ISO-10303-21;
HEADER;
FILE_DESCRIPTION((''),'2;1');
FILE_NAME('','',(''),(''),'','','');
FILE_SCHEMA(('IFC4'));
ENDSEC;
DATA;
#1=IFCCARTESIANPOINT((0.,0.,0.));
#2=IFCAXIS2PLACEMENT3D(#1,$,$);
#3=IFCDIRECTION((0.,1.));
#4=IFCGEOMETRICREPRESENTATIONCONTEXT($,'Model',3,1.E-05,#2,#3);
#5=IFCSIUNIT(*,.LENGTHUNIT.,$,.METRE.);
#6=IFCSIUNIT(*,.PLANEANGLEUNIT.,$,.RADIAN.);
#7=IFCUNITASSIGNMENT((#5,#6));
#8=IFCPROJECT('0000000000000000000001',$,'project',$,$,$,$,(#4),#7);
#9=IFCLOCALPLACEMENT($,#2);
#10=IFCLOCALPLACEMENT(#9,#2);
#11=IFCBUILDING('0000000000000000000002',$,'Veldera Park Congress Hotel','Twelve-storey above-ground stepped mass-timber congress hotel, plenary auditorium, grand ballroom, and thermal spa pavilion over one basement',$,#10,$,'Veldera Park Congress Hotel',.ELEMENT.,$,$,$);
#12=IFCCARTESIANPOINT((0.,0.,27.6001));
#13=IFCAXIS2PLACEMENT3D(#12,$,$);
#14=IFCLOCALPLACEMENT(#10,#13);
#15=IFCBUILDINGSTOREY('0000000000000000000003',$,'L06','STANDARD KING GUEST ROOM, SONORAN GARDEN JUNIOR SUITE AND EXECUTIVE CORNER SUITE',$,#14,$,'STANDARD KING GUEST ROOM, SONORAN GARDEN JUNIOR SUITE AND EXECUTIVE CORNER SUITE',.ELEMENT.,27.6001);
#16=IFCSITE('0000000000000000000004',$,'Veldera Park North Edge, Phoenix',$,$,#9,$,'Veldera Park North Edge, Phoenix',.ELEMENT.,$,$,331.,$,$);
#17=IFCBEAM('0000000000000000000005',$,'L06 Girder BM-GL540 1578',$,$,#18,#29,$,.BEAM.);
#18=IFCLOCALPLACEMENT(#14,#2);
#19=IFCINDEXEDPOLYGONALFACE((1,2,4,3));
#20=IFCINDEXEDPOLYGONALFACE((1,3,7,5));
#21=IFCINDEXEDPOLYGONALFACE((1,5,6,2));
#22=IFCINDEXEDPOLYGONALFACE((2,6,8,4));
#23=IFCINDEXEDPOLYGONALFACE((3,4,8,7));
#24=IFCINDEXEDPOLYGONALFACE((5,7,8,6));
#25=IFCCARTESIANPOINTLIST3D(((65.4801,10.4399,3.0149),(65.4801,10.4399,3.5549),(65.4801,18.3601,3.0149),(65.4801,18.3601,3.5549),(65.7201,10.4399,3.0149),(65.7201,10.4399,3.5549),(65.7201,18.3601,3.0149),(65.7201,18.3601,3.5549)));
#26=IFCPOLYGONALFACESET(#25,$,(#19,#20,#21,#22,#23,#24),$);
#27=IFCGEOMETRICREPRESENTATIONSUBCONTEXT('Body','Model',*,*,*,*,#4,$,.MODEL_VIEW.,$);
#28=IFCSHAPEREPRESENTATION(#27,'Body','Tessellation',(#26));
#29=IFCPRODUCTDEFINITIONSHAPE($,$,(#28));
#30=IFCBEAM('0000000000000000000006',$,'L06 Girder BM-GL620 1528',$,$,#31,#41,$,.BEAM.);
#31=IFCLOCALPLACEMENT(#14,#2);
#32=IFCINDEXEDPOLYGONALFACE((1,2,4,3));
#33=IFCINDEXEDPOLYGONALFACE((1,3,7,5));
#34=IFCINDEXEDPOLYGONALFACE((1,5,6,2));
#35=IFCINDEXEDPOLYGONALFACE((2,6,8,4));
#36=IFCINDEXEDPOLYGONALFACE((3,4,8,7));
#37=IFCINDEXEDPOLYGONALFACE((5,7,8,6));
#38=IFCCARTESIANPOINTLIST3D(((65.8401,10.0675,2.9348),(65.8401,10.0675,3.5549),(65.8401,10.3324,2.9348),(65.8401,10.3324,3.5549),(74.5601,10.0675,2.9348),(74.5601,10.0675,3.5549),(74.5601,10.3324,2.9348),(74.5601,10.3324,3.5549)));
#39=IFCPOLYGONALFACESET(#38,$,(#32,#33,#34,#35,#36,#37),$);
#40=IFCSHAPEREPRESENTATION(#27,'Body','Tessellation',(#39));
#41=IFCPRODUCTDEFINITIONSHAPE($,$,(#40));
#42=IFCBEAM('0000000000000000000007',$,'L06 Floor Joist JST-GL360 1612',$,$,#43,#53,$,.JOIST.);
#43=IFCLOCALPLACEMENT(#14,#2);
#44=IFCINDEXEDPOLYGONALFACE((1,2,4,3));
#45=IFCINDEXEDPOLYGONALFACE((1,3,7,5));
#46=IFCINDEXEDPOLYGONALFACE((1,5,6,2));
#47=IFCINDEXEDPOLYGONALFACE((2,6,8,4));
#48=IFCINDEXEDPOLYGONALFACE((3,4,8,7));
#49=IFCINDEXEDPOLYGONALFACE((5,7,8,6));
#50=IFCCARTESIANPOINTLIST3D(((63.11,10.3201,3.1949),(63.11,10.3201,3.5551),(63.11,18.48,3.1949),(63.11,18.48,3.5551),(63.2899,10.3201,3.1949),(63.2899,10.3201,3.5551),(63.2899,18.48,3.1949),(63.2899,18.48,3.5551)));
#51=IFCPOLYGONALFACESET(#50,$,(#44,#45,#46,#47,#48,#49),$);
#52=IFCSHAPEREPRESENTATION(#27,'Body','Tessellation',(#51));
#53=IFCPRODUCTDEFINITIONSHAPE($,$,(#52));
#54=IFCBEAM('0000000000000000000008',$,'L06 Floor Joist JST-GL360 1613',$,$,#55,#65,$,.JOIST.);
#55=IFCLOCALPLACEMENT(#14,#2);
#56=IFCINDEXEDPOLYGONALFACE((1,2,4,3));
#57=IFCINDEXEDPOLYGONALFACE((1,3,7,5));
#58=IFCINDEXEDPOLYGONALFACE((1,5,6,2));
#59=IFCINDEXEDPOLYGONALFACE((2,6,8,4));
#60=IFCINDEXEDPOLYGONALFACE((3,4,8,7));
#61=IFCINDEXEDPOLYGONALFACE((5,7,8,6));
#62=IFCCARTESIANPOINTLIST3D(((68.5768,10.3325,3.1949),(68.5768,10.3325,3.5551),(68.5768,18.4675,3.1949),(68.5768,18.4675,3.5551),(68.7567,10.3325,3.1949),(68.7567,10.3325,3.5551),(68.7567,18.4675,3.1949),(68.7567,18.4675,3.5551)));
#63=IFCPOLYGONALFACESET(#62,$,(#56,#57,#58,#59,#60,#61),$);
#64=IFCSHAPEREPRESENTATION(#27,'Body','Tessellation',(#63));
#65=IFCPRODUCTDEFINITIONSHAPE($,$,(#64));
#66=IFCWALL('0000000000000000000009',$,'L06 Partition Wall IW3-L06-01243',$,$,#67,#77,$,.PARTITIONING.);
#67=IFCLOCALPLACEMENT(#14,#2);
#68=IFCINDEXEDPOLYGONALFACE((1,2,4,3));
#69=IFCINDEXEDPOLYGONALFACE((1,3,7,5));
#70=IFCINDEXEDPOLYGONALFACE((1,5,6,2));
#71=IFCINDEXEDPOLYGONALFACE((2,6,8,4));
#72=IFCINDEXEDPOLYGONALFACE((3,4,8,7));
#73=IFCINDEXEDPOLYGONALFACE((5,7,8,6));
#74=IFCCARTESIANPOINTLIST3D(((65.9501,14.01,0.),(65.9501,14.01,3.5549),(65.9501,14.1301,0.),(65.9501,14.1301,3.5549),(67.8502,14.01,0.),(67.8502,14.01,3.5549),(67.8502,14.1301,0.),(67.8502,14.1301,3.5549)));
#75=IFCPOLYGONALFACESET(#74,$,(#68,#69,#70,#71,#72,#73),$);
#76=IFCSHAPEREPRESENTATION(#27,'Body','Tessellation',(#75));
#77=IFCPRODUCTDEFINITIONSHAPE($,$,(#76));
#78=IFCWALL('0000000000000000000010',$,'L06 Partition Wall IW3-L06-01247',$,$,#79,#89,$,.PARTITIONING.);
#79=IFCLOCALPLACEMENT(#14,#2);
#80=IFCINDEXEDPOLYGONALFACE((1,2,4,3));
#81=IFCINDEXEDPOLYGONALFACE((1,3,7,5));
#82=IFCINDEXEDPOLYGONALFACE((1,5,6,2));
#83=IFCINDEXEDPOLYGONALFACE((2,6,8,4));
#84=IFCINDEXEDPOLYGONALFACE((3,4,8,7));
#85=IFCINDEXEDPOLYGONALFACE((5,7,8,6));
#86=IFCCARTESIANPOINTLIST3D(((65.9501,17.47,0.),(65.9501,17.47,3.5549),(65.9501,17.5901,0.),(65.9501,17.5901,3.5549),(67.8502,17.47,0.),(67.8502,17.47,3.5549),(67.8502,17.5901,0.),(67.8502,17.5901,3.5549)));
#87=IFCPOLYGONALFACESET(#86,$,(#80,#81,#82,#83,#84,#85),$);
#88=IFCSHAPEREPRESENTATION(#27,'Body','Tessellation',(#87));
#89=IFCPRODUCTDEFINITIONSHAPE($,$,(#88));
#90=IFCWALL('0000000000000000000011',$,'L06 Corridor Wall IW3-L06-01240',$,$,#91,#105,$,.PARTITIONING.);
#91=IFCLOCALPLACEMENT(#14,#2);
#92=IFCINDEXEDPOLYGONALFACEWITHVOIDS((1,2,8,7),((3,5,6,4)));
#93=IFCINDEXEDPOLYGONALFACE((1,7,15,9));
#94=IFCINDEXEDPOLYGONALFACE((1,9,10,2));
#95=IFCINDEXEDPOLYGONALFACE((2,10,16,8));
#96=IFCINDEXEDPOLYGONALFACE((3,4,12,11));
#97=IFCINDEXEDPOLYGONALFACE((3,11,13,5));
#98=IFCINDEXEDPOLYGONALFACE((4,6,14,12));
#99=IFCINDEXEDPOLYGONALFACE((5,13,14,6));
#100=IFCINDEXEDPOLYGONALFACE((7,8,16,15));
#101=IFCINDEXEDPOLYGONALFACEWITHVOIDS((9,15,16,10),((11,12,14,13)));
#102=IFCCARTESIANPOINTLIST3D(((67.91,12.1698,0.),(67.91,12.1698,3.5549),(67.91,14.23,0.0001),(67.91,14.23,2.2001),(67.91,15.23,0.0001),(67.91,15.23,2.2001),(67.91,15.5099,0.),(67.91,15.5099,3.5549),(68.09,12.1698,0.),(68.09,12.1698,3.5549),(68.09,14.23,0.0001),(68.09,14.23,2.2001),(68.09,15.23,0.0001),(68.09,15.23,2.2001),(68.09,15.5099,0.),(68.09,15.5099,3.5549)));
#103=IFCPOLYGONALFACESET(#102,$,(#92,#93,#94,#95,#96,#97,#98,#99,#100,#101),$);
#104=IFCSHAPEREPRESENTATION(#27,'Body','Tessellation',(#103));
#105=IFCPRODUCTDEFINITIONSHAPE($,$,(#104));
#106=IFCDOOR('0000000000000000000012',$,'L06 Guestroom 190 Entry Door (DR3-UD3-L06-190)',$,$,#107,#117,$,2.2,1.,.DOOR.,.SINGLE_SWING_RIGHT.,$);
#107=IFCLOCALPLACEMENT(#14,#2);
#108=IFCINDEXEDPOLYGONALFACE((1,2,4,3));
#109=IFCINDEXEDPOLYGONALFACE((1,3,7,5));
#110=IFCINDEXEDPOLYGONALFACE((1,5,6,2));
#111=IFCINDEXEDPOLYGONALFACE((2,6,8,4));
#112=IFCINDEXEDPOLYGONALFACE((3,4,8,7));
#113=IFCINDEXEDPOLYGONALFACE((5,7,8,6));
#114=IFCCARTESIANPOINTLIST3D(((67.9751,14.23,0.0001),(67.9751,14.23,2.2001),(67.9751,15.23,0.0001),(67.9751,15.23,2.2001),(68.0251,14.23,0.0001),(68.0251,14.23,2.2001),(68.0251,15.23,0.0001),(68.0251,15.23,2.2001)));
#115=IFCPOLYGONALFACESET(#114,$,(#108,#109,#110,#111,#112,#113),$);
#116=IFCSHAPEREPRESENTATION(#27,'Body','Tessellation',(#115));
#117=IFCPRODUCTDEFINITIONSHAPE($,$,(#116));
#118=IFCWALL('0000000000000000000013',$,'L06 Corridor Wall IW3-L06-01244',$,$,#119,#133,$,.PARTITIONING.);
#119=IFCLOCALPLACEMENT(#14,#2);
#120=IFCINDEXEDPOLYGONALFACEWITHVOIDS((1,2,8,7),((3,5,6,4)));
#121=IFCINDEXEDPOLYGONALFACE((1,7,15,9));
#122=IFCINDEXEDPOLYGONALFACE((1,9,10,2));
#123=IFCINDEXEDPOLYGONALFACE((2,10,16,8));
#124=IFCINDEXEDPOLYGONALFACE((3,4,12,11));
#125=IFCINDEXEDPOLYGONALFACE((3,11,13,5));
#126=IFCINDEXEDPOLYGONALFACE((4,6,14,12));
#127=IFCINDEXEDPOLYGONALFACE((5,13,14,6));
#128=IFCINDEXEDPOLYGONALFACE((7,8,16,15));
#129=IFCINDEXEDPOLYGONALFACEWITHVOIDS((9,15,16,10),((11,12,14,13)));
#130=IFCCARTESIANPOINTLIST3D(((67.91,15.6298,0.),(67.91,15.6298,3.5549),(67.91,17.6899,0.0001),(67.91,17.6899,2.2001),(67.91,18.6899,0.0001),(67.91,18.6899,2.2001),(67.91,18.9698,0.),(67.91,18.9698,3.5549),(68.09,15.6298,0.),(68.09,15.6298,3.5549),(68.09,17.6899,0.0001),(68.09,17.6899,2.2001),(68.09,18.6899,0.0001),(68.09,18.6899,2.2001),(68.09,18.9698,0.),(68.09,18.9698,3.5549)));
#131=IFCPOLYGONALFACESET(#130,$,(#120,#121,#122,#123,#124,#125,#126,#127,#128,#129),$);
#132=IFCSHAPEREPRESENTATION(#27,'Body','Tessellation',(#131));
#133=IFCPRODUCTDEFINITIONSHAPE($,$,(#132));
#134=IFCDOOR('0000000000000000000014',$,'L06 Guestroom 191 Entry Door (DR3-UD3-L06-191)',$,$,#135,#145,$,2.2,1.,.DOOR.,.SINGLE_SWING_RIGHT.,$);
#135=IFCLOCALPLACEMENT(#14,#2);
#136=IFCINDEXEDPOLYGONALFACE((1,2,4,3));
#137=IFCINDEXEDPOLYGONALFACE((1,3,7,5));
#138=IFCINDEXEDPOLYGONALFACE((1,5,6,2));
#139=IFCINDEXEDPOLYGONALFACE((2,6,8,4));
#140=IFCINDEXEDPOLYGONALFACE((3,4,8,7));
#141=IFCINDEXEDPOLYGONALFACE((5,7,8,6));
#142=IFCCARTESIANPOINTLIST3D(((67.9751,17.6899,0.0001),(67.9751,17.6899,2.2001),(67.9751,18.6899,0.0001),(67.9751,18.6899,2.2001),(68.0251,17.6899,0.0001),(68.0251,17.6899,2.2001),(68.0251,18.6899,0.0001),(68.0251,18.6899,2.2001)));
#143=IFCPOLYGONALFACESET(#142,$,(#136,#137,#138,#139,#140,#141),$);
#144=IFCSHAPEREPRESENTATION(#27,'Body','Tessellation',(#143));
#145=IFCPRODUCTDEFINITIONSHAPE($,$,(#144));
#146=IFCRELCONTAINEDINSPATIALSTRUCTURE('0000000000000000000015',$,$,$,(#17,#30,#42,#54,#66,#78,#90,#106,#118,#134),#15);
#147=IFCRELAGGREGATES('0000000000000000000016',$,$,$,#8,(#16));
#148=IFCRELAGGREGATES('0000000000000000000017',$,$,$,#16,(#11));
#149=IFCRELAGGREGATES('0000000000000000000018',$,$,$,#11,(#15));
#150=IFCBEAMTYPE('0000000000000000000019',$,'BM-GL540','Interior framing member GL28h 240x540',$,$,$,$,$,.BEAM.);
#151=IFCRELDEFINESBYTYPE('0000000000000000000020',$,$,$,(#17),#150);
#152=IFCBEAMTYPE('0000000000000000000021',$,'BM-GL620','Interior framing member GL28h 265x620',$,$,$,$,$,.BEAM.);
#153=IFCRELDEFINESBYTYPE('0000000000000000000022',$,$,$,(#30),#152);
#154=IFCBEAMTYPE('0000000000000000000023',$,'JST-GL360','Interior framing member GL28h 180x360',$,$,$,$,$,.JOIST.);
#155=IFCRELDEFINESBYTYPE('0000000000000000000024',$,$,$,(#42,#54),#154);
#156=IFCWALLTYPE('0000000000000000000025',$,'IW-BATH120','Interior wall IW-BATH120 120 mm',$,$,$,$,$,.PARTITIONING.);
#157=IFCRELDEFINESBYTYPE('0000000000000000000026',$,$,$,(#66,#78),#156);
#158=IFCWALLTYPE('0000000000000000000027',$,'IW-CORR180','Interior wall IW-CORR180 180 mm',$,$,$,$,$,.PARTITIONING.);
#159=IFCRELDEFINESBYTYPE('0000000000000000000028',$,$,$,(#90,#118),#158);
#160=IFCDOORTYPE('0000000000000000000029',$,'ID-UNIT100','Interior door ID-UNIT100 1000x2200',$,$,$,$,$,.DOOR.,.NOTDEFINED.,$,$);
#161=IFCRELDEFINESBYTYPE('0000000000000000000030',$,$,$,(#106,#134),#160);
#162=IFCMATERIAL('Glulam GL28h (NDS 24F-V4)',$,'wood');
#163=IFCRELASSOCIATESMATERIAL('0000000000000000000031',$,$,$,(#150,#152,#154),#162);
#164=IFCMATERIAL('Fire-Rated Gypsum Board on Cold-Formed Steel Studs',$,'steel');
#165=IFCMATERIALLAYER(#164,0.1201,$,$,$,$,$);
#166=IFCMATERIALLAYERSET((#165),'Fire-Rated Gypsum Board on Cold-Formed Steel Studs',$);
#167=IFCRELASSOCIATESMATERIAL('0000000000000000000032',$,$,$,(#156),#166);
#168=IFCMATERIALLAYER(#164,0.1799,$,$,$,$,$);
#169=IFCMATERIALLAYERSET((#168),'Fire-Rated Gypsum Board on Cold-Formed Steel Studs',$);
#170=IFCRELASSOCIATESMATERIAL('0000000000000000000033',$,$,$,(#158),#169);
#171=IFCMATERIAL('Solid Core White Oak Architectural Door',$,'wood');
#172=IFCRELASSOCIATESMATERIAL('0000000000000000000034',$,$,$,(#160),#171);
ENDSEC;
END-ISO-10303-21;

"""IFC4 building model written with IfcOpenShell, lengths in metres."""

from ifc_helpers import new_model, si_unit, direction, frame, frame_2d, origin, origin_2d, place, context, subcontext, project, spatial, rectangle, extrude, material, layer, layer_set, material_profile, profile_set, type_object, element, fill, save


model = new_model("IFC4")

# Units and contexts
model_context = context("Model", 3, precision=1e-05, world=origin(), true_north=direction((0.0, 1.0)))
body_context = subcontext(model_context, "Body", "Model", "MODEL_VIEW")
ifc_project = project(units=[si_unit("LENGTHUNIT", "METRE"), si_unit("PLANEANGLEUNIT", "RADIAN")], contexts=[model_context])

# Site, building, storey
site_placement = place(None, origin())
site = spatial("IfcSite", under=ifc_project, at=site_placement, Name="Veldera Park North Edge, Phoenix", LongName="Veldera Park North Edge, Phoenix", CompositionType="ELEMENT", RefElevation=331.0)
building_placement = place(site_placement, origin())
building = spatial("IfcBuilding", under=site, at=building_placement, Name="Veldera Park Congress Hotel", Description="Twelve-storey above-ground stepped mass-timber congress hotel, plenary auditorium, grand ballroom, and thermal spa pavilion over one basement", LongName="Veldera Park Congress Hotel", CompositionType="ELEMENT")
storey_placement = place(building_placement, frame((0.0, 0.0, 27.6001)))
storey = spatial("IfcBuildingStorey", under=building, at=storey_placement, Name="L06", Description="STANDARD KING GUEST ROOM, SONORAN GARDEN JUNIOR SUITE AND EXECUTIVE CORNER SUITE", LongName="STANDARD KING GUEST ROOM, SONORAN GARDEN JUNIOR SUITE AND EXECUTIVE CORNER SUITE", CompositionType="ELEMENT", Elevation=27.6001)

# Beams
ifc_material_1 = material(Name="Glulam GL28h (NDS 24F-V4)", Category="wood")
ifc_material_profile_1 = material_profile(ifc_material_1, rectangle(XDim=0.24, YDim=0.54, at=origin_2d()), Name="GL28h 240x540")
ifc_profile_set_1 = profile_set([ifc_material_profile_1], Name="Glulam GL28h (NDS 24F-V4)")
beam_type_1 = type_object("IfcBeamType", Name="BM-GL540", Description="Interior framing member GL28h 240x540", PredefinedType="BEAM", material=ifc_profile_set_1)
beam_1_placement = place(storey_placement, frame((65.6001, 10.4399, 3.2849), z_axis=(0.0, 1.0, 0.0), x_axis=(-1.0, 0.0, 0.0)))
element("IfcBeam", 1, at=beam_1_placement, inside=storey, type_object=beam_type_1, Name="L06 Girder BM-GL540 1578", PredefinedType="BEAM", context=body_context, shape_type="SweptSolid", body=[
    extrude(rectangle(XDim=0.24, YDim=0.54, at=origin_2d()), origin(), (0.0, 0.0, 1.0), 7.9202),
])
ifc_material_profile_2 = material_profile(ifc_material_1, rectangle(XDim=0.2649, YDim=0.6201, at=origin_2d()), Name="GL28h 265x620")
ifc_profile_set_2 = profile_set([ifc_material_profile_2], Name="Glulam GL28h (NDS 24F-V4)")
beam_type_2 = type_object("IfcBeamType", Name="BM-GL620", Description="Interior framing member GL28h 265x620", PredefinedType="BEAM", material=ifc_profile_set_2)
beam_2_placement = place(storey_placement, frame((65.8401, 10.2, 3.2449), z_axis=(1.0, 0.0, 0.0), x_axis=(0.0, 1.0, 0.0)))
element("IfcBeam", 2, at=beam_2_placement, inside=storey, type_object=beam_type_2, Name="L06 Girder BM-GL620 1528", PredefinedType="BEAM", context=body_context, shape_type="SweptSolid", body=[
    extrude(rectangle(XDim=0.2649, YDim=0.6201, at=origin_2d()), origin(), (0.0, 0.0, 1.0), 8.72),
])
ifc_material_profile_3 = material_profile(ifc_material_1, rectangle(XDim=0.1799, YDim=0.3601, at=origin_2d()), Name="GL28h 180x360")
ifc_profile_set_3 = profile_set([ifc_material_profile_3], Name="Glulam GL28h (NDS 24F-V4)")
beam_type_3 = type_object("IfcBeamType", Name="JST-GL360", Description="Interior framing member GL28h 180x360", PredefinedType="JOIST", material=ifc_profile_set_3)
beam_3_placement = place(storey_placement, frame((63.2, 10.3201, 3.375), z_axis=(0.0, 1.0, 0.0), x_axis=(-1.0, 0.0, 0.0)))
element("IfcBeam", 3, at=beam_3_placement, inside=storey, type_object=beam_type_3, Name="L06 Floor Joist JST-GL360 1612", PredefinedType="JOIST", context=body_context, shape_type="SweptSolid", body=[
    extrude(rectangle(XDim=0.1799, YDim=0.3601, at=origin_2d()), origin(), (0.0, 0.0, 1.0), 8.1599),
])
beam_4_placement = place(storey_placement, frame((68.6667, 10.3325, 3.375), z_axis=(0.0, 1.0, 0.0), x_axis=(-1.0, 0.0, 0.0)))
element("IfcBeam", 4, at=beam_4_placement, inside=storey, type_object=beam_type_3, Name="L06 Floor Joist JST-GL360 1613", PredefinedType="JOIST", context=body_context, shape_type="SweptSolid", body=[
    extrude(rectangle(XDim=0.1799, YDim=0.3601, at=origin_2d()), origin(), (0.0, 0.0, 1.0), 8.135),
])

# Shared definitions
ifc_material_2 = material(Name="Fire-Rated Gypsum Board on Cold-Formed Steel Studs", Category="steel")
ifc_layer_1 = layer(ifc_material_2, 0.1201)
ifc_layer_set_1 = layer_set([ifc_layer_1], Name="Fire-Rated Gypsum Board on Cold-Formed Steel Studs")
wall_type_1 = type_object("IfcWallType", Name="IW-BATH120", Description="Interior wall IW-BATH120 120 mm", PredefinedType="PARTITIONING", material=ifc_layer_set_1)
ifc_material_3 = material(Name="Solid Core White Oak Architectural Door", Category="wood")

# Wall
wall_1_placement = place(storey_placement, frame((65.95, 14.0701, 0.0), z_axis=(0.0, 0.0, 1.0), x_axis=(1.0, 0.0, 0.0)))
element("IfcWall", 5, at=wall_1_placement, inside=storey, type_object=wall_type_1, Name="L06 Partition Wall IW3-L06-01243", PredefinedType="PARTITIONING", context=body_context, shape_type="SweptSolid", body=[
    extrude(rectangle(XDim=1.9001, YDim=0.1201, at=frame_2d((0.9502, 0.0))), origin(), (0.0, 0.0, 1.0), 3.5549),
])

# Wall
wall_2_placement = place(storey_placement, frame((65.95, 17.53, 0.0), z_axis=(0.0, 0.0, 1.0), x_axis=(1.0, 0.0, 0.0)))
element("IfcWall", 6, at=wall_2_placement, inside=storey, type_object=wall_type_1, Name="L06 Partition Wall IW3-L06-01247", PredefinedType="PARTITIONING", context=body_context, shape_type="SweptSolid", body=[
    extrude(rectangle(XDim=1.9001, YDim=0.1201, at=frame_2d((0.9502, 0.0))), origin(), (0.0, 0.0, 1.0), 3.5549),
])

# Walls, openings, doors
ifc_layer_2 = layer(ifc_material_2, 0.1799)
ifc_layer_set_2 = layer_set([ifc_layer_2], Name="Fire-Rated Gypsum Board on Cold-Formed Steel Studs")
wall_type_2 = type_object("IfcWallType", Name="IW-CORR180", Description="Interior wall IW-CORR180 180 mm", PredefinedType="PARTITIONING", material=ifc_layer_set_2)
wall_3_placement = place(storey_placement, frame((68.0, 12.1699, 0.0), z_axis=(0.0, 0.0, 1.0), x_axis=(0.0, 1.0, 0.0)))
wall_3 = element("IfcWall", 7, at=wall_3_placement, inside=storey, type_object=wall_type_2, Name="L06 Corridor Wall IW3-L06-01240", PredefinedType="PARTITIONING", context=body_context, shape_type="SweptSolid", body=[
    extrude(rectangle(XDim=3.3401, YDim=0.1799, at=frame_2d((1.6699, 0.0))), origin(), (0.0, 0.0, 1.0), 3.5549),
])
opening_1_placement = place(wall_3_placement, frame((2.0601, 0.0, 0.0)))
opening_1 = element("IfcOpeningElement", 8, at=opening_1_placement, cuts=wall_3, PredefinedType="OPENING", context=body_context, shape_type="SweptSolid", body=[
    extrude(rectangle(XDim=1.0, YDim=2.2, at=frame_2d((0.5, 1.1001))), frame((0.0, 0.1021, 0.0), z_axis=(0.0, -1.0, 0.0), x_axis=(1.0, 0.0, 0.0)), (0.0, 0.0, 1.0), 0.2039),
])
door_type_1 = type_object("IfcDoorType", Name="ID-UNIT100", Description="Interior door ID-UNIT100 1000x2200", OperationType="NOTDEFINED", PredefinedType="DOOR", material=ifc_material_3)
door_1_placement = place(opening_1_placement, origin())
door_1 = element("IfcDoor", 9, at=door_1_placement, inside=storey, type_object=door_type_1, Name="L06 Guestroom 190 Entry Door (DR3-UD3-L06-190)", OperationType="SINGLE_SWING_RIGHT", OverallHeight=2.2, OverallWidth=1.0, PredefinedType="DOOR", context=body_context, shape_type="SweptSolid", body=[
    extrude(rectangle(XDim=1.0, YDim=2.2, at=frame_2d((0.5, 1.1001))), frame((0.0, 0.0249, 0.0), z_axis=(0.0, -1.0, 0.0), x_axis=(1.0, 0.0, 0.0)), (0.0, 0.0, 1.0), 0.05),
])
fill(opening_1, door_1)
wall_4_placement = place(storey_placement, frame((68.0, 15.6299, 0.0), z_axis=(0.0, 0.0, 1.0), x_axis=(0.0, 1.0, 0.0)))
wall_4 = element("IfcWall", 10, at=wall_4_placement, inside=storey, type_object=wall_type_2, Name="L06 Corridor Wall IW3-L06-01244", PredefinedType="PARTITIONING", context=body_context, shape_type="SweptSolid", body=[
    extrude(rectangle(XDim=3.3401, YDim=0.1799, at=frame_2d((1.6699, 0.0))), origin(), (0.0, 0.0, 1.0), 3.5549),
])
opening_2_placement = place(wall_4_placement, frame((2.0601, 0.0, 0.0)))
opening_2 = element("IfcOpeningElement", 11, at=opening_2_placement, cuts=wall_4, PredefinedType="OPENING", context=body_context, shape_type="SweptSolid", body=[
    extrude(rectangle(XDim=1.0, YDim=2.2, at=frame_2d((0.5, 1.1001))), frame((0.0, 0.1021, 0.0), z_axis=(0.0, -1.0, 0.0), x_axis=(1.0, 0.0, 0.0)), (0.0, 0.0, 1.0), 0.2039),
])
door_2_placement = place(opening_2_placement, origin())
door_2 = element("IfcDoor", 12, at=door_2_placement, inside=storey, type_object=door_type_1, Name="L06 Guestroom 191 Entry Door (DR3-UD3-L06-191)", OperationType="SINGLE_SWING_RIGHT", OverallHeight=2.2, OverallWidth=1.0, PredefinedType="DOOR", context=body_context, shape_type="SweptSolid", body=[
    extrude(rectangle(XDim=1.0, YDim=2.2, at=frame_2d((0.5, 1.1001))), frame((0.0, 0.0249, 0.0), z_axis=(0.0, -1.0, 0.0), x_axis=(1.0, 0.0, 0.0)), (0.0, 0.0, 1.0), 0.05),
])
fill(opening_2, door_2)

save(model, "model.ifc")
